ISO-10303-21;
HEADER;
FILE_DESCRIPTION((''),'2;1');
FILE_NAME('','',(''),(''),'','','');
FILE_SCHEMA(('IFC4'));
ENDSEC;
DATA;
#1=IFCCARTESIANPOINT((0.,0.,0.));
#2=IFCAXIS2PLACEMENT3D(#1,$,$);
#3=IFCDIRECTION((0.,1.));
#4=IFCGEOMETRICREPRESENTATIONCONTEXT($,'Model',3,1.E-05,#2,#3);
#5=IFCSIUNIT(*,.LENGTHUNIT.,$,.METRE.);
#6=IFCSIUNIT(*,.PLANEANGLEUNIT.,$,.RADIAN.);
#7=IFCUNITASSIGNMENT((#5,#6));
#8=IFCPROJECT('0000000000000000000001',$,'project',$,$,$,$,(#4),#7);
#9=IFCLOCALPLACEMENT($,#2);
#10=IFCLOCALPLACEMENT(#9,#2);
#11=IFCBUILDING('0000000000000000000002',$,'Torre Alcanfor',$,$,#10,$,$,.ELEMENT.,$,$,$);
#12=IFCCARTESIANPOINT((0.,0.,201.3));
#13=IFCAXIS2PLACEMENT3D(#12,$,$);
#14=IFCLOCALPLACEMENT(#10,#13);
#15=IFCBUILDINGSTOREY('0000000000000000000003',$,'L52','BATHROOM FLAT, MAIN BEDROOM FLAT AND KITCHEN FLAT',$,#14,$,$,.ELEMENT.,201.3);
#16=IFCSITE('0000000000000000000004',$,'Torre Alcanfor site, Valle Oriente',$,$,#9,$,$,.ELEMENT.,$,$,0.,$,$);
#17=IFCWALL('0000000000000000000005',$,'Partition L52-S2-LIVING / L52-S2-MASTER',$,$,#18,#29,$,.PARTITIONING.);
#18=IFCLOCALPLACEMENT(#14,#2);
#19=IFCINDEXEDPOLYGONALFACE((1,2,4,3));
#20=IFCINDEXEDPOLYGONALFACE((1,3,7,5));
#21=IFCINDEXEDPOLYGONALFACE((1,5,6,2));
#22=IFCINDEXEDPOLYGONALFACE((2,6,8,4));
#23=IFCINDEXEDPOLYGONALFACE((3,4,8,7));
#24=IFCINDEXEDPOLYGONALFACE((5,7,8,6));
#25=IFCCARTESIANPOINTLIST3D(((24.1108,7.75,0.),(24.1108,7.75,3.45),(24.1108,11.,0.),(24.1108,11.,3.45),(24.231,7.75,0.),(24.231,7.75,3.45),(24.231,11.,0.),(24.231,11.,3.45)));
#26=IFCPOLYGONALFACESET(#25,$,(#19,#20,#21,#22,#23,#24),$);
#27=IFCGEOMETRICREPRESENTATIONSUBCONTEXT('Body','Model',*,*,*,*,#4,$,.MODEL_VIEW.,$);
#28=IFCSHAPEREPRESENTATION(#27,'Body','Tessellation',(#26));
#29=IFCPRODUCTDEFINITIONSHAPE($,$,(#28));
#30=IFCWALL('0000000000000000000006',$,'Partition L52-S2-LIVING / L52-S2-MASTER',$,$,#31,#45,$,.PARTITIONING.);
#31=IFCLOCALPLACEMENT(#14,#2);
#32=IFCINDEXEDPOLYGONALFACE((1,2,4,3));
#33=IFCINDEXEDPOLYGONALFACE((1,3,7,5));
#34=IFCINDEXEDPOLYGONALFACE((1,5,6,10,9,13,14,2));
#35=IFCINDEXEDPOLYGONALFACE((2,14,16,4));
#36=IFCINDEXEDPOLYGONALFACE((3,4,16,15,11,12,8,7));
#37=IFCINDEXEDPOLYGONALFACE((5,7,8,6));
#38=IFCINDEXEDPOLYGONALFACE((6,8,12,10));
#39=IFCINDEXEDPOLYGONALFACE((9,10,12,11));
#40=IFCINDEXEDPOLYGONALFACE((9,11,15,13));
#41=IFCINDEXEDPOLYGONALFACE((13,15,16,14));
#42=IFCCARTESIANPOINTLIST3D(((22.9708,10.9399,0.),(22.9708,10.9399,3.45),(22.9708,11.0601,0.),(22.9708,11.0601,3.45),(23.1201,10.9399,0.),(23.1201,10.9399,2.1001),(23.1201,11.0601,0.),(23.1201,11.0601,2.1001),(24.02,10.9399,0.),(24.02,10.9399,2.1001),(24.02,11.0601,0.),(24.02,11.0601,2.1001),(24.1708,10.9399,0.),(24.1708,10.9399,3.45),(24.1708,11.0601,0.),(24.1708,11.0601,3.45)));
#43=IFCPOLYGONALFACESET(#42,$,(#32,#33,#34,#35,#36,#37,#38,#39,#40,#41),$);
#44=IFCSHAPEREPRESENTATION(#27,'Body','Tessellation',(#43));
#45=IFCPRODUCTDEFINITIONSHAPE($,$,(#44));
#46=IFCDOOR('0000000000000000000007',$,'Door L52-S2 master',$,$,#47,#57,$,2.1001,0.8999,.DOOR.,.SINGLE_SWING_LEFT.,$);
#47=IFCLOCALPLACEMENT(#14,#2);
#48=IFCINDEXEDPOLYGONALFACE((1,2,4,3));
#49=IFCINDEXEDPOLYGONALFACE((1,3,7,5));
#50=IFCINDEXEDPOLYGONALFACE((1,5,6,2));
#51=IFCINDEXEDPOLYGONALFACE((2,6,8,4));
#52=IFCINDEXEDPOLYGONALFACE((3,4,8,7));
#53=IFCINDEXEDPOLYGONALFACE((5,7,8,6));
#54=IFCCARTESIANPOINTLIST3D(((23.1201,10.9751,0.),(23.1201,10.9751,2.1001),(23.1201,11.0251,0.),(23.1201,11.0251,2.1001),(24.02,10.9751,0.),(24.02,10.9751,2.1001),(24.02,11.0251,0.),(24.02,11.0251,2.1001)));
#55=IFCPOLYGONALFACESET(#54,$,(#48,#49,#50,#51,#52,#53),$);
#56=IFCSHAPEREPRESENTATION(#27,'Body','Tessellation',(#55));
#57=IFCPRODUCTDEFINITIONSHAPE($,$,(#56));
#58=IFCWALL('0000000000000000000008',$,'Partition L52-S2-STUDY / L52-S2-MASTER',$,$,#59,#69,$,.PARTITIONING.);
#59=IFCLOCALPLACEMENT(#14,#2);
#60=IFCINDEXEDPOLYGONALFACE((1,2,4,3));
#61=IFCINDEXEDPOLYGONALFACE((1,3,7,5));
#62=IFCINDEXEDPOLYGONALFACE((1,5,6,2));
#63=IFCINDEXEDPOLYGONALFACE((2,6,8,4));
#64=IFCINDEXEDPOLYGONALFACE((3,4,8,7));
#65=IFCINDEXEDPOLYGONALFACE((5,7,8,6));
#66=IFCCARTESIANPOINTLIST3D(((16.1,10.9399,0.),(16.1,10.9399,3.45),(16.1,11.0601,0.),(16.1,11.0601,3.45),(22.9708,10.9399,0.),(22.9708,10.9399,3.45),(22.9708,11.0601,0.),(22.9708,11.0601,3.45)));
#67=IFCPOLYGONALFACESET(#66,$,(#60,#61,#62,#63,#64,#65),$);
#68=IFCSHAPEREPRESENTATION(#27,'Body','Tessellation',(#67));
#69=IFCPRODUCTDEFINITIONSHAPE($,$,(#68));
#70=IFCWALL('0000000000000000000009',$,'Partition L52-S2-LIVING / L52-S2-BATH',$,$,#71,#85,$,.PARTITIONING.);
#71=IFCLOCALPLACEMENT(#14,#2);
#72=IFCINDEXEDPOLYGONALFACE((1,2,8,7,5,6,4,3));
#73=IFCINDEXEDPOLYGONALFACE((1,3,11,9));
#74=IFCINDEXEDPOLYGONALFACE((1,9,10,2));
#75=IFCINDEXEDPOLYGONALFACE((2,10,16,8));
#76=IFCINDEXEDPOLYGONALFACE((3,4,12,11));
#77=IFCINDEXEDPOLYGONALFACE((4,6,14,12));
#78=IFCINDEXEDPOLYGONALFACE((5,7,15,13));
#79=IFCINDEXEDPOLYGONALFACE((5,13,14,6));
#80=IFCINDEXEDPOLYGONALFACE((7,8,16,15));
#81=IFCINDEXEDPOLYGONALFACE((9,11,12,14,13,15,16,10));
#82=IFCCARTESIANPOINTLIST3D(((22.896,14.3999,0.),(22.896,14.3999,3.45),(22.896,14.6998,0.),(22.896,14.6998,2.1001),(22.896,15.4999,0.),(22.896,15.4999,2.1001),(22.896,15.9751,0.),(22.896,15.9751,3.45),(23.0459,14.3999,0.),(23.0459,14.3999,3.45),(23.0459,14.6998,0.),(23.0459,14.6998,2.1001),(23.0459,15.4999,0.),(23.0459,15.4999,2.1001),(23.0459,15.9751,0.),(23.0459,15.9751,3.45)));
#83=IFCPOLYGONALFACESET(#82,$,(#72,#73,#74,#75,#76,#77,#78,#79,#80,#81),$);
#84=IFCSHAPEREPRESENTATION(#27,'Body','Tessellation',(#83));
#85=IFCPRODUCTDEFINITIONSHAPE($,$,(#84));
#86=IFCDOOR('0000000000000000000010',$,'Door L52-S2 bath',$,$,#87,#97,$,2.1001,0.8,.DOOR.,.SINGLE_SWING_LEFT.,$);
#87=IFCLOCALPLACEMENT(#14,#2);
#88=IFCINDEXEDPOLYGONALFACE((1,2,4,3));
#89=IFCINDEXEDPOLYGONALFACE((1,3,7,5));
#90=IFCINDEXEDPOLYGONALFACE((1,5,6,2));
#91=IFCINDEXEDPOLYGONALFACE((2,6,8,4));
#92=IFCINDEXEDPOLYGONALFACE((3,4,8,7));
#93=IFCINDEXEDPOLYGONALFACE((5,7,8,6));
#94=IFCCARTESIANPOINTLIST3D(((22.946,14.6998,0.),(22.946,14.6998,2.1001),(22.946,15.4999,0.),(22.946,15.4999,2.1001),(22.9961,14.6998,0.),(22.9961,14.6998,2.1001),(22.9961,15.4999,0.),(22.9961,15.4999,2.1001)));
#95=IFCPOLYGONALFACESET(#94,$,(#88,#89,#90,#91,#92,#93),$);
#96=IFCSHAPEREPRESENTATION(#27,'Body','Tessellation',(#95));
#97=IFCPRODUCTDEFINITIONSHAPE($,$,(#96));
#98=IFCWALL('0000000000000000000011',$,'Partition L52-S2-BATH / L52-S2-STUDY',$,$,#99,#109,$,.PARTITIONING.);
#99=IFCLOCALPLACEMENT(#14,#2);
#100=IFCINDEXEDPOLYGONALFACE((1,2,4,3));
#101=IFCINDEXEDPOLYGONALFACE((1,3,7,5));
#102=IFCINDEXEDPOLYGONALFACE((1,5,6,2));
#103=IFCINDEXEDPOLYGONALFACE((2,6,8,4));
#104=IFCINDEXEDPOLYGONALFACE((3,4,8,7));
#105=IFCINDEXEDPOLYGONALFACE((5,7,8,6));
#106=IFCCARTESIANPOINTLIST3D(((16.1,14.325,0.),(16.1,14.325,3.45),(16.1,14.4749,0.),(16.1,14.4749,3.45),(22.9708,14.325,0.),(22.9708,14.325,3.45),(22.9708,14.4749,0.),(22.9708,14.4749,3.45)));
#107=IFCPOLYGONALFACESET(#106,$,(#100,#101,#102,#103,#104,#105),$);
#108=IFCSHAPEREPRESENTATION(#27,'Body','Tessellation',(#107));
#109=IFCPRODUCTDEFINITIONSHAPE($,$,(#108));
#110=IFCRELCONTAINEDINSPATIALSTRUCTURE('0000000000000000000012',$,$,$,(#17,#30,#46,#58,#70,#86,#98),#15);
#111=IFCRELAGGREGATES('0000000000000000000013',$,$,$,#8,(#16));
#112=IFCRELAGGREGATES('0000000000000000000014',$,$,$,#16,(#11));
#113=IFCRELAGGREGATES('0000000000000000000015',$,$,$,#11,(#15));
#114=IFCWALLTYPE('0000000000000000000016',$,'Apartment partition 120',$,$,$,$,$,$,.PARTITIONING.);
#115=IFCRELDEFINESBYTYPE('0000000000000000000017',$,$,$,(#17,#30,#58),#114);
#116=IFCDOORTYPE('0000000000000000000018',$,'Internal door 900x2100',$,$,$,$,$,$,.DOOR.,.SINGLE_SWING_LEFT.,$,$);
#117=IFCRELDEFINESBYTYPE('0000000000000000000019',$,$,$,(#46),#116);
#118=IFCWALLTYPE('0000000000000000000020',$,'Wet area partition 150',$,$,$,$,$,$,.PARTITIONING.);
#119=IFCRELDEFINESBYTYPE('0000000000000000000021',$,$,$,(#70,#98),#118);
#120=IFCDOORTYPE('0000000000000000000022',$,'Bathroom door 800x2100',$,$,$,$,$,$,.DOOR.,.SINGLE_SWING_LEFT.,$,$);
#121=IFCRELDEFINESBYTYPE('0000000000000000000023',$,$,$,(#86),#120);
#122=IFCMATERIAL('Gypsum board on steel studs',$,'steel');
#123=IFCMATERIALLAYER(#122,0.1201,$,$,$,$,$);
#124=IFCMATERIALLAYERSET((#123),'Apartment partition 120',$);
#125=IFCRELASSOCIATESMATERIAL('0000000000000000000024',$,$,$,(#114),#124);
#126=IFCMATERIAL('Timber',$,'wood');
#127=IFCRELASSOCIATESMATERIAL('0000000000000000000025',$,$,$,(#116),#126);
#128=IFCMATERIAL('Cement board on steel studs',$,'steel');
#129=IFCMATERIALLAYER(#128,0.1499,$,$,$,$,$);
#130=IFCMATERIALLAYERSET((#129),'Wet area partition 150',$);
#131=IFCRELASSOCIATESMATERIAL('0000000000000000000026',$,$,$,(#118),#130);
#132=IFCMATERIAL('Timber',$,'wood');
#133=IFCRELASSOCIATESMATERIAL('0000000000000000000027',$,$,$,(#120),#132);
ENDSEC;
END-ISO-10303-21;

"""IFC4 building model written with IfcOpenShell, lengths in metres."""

from ifc_helpers import new_model, si_unit, direction, frame, frame_2d, origin, place, context, subcontext, project, spatial, rectangle, extrude, material, layer, layer_set, type_object, element, fill, save


model = new_model("IFC4")

# Units and contexts
model_context = context("Model", 3, precision=1e-05, world=origin(), true_north=direction((0.0, 1.0)))
body_context = subcontext(model_context, "Body", "Model", "MODEL_VIEW")
ifc_project = project(units=[si_unit("LENGTHUNIT", "METRE"), si_unit("PLANEANGLEUNIT", "RADIAN")], contexts=[model_context])

# Site, building, storey
site_placement = place(None, origin())
site = spatial("IfcSite", under=ifc_project, at=site_placement, Name="Torre Alcanfor site, Valle Oriente", CompositionType="ELEMENT", RefElevation=0.0)
building_placement = place(site_placement, origin())
building = spatial("IfcBuilding", under=site, at=building_placement, Name="Torre Alcanfor", CompositionType="ELEMENT")
storey_placement = place(building_placement, frame((0.0, 0.0, 201.3)))
storey = spatial("IfcBuildingStorey", under=building, at=storey_placement, Name="L52", Description="BATHROOM FLAT, MAIN BEDROOM FLAT AND KITCHEN FLAT", CompositionType="ELEMENT", Elevation=201.3)

# Shared definitions
ifc_material_1 = material(Name="Gypsum board on steel studs", Category="steel")
ifc_layer_1 = layer(ifc_material_1, 0.1201)
ifc_layer_set_1 = layer_set([ifc_layer_1], Name="Apartment partition 120")
wall_type_1 = type_object("IfcWallType", Name="Apartment partition 120", PredefinedType="PARTITIONING", material=ifc_layer_set_1)
ifc_material_2 = material(Name="Timber", Category="wood")
door_type_1 = type_object("IfcDoorType", Name="Internal door 900x2100", OperationType="SINGLE_SWING_LEFT", PredefinedType="DOOR", material=ifc_material_2)

# Wall
wall_1_placement = place(storey_placement, frame((24.1709, 7.75, 0.0), z_axis=(0.0, 0.0, 1.0), x_axis=(0.0, 1.0, 0.0)))
element("IfcWall", 1, at=wall_1_placement, inside=storey, type_object=wall_type_1, Name="Partition L52-S2-LIVING / L52-S2-MASTER", PredefinedType="PARTITIONING", context=body_context, shape_type="SweptSolid", body=[
    extrude(rectangle(XDim=3.25, YDim=0.1201, at=frame_2d((1.625, 0.0))), origin(), (0.0, 0.0, 1.0), 3.45),
])

# Wall, opening, door
wall_2_placement = place(storey_placement, frame((24.1709, 11.0, 0.0), z_axis=(0.0, 0.0, 1.0), x_axis=(-1.0, 0.0, 0.0)))
wall_2 = element("IfcWall", 2, at=wall_2_placement, inside=storey, type_object=wall_type_1, Name="Partition L52-S2-LIVING / L52-S2-MASTER", PredefinedType="PARTITIONING", context=body_context, shape_type="SweptSolid", body=[
    extrude(rectangle(XDim=1.2, YDim=0.1201, at=frame_2d((0.6001, 0.0))), origin(), (0.0, 0.0, 1.0), 3.45),
])
opening_1_placement = place(wall_2_placement, frame((0.1509, 0.0, 0.0)))
opening_1 = element("IfcOpeningElement", 3, at=opening_1_placement, cuts=wall_2, PredefinedType="OPENING", context=body_context, shape_type="SweptSolid", body=[
    extrude(rectangle(XDim=0.8999, YDim=2.1001, at=frame_2d((0.45, 1.05))), frame((0.0, 0.0701, 0.0), z_axis=(0.0, -1.0, 0.0), x_axis=(1.0, 0.0, 0.0)), (0.0, 0.0, 1.0), 0.1401),
])
door_1_placement = place(opening_1_placement, origin())
door_1 = element("IfcDoor", 4, at=door_1_placement, inside=storey, type_object=door_type_1, Name="Door L52-S2 master", OperationType="SINGLE_SWING_LEFT", OverallHeight=2.1001, OverallWidth=0.8999, PredefinedType="DOOR", context=body_context, shape_type="SweptSolid", body=[
    extrude(rectangle(XDim=0.8999, YDim=2.1001, at=frame_2d((0.45, 1.05))), frame((0.0, 0.0249, 0.0), z_axis=(0.0, -1.0, 0.0), x_axis=(1.0, 0.0, 0.0)), (0.0, 0.0, 1.0), 0.05),
])
fill(opening_1, door_1)

# Wall
wall_3_placement = place(storey_placement, frame((22.9709, 11.0, 0.0), z_axis=(0.0, 0.0, 1.0), x_axis=(-1.0, 0.0, 0.0)))
element("IfcWall", 5, at=wall_3_placement, inside=storey, type_object=wall_type_1, Name="Partition L52-S2-STUDY / L52-S2-MASTER", PredefinedType="PARTITIONING", context=body_context, shape_type="SweptSolid", body=[
    extrude(rectangle(XDim=6.8708, YDim=0.1201, at=frame_2d((3.4355, 0.0))), origin(), (0.0, 0.0, 1.0), 3.45),
])

# Wall, opening, door
ifc_material_3 = material(Name="Cement board on steel studs", Category="steel")
ifc_layer_2 = layer(ifc_material_3, 0.1499)
ifc_layer_set_2 = layer_set([ifc_layer_2], Name="Wet area partition 150")
wall_type_2 = type_object("IfcWallType", Name="Wet area partition 150", PredefinedType="PARTITIONING", material=ifc_layer_set_2)
wall_4_placement = place(storey_placement, frame((22.9709, 14.3999, 0.0), z_axis=(0.0, 0.0, 1.0), x_axis=(0.0, 1.0, 0.0)))
wall_4 = element("IfcWall", 6, at=wall_4_placement, inside=storey, type_object=wall_type_2, Name="Partition L52-S2-LIVING / L52-S2-BATH", PredefinedType="PARTITIONING", context=body_context, shape_type="SweptSolid", body=[
    extrude(rectangle(XDim=1.5752, YDim=0.1499, at=frame_2d((0.7876, 0.0))), origin(), (0.0, 0.0, 1.0), 3.45),
])
opening_2_placement = place(wall_4_placement, frame((0.3, 0.0, 0.0)))
opening_2 = element("IfcOpeningElement", 7, at=opening_2_placement, cuts=wall_4, PredefinedType="OPENING", context=body_context, shape_type="SweptSolid", body=[
    extrude(rectangle(XDim=0.8, YDim=2.1001, at=frame_2d((0.3999, 1.05))), frame((0.0, 0.085, 0.0), z_axis=(0.0, -1.0, 0.0), x_axis=(1.0, 0.0, 0.0)), (0.0, 0.0, 1.0), 0.1699),
])
ifc_material_4 = material(Name="Timber", Category="wood")
door_type_2 = type_object("IfcDoorType", Name="Bathroom door 800x2100", OperationType="SINGLE_SWING_LEFT", PredefinedType="DOOR", material=ifc_material_4)
door_2_placement = place(opening_2_placement, origin())
door_2 = element("IfcDoor", 8, at=door_2_placement, inside=storey, type_object=door_type_2, Name="Door L52-S2 bath", OperationType="SINGLE_SWING_LEFT", OverallHeight=2.1001, OverallWidth=0.8, PredefinedType="DOOR", context=body_context, shape_type="SweptSolid", body=[
    extrude(rectangle(XDim=0.8, YDim=2.1001, at=frame_2d((0.3999, 1.05))), frame((0.0, 0.0249, 0.0), z_axis=(0.0, -1.0, 0.0), x_axis=(1.0, 0.0, 0.0)), (0.0, 0.0, 1.0), 0.05),
])
fill(opening_2, door_2)

# Wall
wall_5_placement = place(storey_placement, frame((22.9709, 14.3999, 0.0), z_axis=(0.0, 0.0, 1.0), x_axis=(-1.0, 0.0, 0.0)))
element("IfcWall", 9, at=wall_5_placement, inside=storey, type_object=wall_type_2, Name="Partition L52-S2-BATH / L52-S2-STUDY", PredefinedType="PARTITIONING", context=body_context, shape_type="SweptSolid", body=[
    extrude(rectangle(XDim=6.8708, YDim=0.1499, at=frame_2d((3.4355, 0.0))), origin(), (0.0, 0.0, 1.0), 3.45),
])

save(model, "model.ifc")
